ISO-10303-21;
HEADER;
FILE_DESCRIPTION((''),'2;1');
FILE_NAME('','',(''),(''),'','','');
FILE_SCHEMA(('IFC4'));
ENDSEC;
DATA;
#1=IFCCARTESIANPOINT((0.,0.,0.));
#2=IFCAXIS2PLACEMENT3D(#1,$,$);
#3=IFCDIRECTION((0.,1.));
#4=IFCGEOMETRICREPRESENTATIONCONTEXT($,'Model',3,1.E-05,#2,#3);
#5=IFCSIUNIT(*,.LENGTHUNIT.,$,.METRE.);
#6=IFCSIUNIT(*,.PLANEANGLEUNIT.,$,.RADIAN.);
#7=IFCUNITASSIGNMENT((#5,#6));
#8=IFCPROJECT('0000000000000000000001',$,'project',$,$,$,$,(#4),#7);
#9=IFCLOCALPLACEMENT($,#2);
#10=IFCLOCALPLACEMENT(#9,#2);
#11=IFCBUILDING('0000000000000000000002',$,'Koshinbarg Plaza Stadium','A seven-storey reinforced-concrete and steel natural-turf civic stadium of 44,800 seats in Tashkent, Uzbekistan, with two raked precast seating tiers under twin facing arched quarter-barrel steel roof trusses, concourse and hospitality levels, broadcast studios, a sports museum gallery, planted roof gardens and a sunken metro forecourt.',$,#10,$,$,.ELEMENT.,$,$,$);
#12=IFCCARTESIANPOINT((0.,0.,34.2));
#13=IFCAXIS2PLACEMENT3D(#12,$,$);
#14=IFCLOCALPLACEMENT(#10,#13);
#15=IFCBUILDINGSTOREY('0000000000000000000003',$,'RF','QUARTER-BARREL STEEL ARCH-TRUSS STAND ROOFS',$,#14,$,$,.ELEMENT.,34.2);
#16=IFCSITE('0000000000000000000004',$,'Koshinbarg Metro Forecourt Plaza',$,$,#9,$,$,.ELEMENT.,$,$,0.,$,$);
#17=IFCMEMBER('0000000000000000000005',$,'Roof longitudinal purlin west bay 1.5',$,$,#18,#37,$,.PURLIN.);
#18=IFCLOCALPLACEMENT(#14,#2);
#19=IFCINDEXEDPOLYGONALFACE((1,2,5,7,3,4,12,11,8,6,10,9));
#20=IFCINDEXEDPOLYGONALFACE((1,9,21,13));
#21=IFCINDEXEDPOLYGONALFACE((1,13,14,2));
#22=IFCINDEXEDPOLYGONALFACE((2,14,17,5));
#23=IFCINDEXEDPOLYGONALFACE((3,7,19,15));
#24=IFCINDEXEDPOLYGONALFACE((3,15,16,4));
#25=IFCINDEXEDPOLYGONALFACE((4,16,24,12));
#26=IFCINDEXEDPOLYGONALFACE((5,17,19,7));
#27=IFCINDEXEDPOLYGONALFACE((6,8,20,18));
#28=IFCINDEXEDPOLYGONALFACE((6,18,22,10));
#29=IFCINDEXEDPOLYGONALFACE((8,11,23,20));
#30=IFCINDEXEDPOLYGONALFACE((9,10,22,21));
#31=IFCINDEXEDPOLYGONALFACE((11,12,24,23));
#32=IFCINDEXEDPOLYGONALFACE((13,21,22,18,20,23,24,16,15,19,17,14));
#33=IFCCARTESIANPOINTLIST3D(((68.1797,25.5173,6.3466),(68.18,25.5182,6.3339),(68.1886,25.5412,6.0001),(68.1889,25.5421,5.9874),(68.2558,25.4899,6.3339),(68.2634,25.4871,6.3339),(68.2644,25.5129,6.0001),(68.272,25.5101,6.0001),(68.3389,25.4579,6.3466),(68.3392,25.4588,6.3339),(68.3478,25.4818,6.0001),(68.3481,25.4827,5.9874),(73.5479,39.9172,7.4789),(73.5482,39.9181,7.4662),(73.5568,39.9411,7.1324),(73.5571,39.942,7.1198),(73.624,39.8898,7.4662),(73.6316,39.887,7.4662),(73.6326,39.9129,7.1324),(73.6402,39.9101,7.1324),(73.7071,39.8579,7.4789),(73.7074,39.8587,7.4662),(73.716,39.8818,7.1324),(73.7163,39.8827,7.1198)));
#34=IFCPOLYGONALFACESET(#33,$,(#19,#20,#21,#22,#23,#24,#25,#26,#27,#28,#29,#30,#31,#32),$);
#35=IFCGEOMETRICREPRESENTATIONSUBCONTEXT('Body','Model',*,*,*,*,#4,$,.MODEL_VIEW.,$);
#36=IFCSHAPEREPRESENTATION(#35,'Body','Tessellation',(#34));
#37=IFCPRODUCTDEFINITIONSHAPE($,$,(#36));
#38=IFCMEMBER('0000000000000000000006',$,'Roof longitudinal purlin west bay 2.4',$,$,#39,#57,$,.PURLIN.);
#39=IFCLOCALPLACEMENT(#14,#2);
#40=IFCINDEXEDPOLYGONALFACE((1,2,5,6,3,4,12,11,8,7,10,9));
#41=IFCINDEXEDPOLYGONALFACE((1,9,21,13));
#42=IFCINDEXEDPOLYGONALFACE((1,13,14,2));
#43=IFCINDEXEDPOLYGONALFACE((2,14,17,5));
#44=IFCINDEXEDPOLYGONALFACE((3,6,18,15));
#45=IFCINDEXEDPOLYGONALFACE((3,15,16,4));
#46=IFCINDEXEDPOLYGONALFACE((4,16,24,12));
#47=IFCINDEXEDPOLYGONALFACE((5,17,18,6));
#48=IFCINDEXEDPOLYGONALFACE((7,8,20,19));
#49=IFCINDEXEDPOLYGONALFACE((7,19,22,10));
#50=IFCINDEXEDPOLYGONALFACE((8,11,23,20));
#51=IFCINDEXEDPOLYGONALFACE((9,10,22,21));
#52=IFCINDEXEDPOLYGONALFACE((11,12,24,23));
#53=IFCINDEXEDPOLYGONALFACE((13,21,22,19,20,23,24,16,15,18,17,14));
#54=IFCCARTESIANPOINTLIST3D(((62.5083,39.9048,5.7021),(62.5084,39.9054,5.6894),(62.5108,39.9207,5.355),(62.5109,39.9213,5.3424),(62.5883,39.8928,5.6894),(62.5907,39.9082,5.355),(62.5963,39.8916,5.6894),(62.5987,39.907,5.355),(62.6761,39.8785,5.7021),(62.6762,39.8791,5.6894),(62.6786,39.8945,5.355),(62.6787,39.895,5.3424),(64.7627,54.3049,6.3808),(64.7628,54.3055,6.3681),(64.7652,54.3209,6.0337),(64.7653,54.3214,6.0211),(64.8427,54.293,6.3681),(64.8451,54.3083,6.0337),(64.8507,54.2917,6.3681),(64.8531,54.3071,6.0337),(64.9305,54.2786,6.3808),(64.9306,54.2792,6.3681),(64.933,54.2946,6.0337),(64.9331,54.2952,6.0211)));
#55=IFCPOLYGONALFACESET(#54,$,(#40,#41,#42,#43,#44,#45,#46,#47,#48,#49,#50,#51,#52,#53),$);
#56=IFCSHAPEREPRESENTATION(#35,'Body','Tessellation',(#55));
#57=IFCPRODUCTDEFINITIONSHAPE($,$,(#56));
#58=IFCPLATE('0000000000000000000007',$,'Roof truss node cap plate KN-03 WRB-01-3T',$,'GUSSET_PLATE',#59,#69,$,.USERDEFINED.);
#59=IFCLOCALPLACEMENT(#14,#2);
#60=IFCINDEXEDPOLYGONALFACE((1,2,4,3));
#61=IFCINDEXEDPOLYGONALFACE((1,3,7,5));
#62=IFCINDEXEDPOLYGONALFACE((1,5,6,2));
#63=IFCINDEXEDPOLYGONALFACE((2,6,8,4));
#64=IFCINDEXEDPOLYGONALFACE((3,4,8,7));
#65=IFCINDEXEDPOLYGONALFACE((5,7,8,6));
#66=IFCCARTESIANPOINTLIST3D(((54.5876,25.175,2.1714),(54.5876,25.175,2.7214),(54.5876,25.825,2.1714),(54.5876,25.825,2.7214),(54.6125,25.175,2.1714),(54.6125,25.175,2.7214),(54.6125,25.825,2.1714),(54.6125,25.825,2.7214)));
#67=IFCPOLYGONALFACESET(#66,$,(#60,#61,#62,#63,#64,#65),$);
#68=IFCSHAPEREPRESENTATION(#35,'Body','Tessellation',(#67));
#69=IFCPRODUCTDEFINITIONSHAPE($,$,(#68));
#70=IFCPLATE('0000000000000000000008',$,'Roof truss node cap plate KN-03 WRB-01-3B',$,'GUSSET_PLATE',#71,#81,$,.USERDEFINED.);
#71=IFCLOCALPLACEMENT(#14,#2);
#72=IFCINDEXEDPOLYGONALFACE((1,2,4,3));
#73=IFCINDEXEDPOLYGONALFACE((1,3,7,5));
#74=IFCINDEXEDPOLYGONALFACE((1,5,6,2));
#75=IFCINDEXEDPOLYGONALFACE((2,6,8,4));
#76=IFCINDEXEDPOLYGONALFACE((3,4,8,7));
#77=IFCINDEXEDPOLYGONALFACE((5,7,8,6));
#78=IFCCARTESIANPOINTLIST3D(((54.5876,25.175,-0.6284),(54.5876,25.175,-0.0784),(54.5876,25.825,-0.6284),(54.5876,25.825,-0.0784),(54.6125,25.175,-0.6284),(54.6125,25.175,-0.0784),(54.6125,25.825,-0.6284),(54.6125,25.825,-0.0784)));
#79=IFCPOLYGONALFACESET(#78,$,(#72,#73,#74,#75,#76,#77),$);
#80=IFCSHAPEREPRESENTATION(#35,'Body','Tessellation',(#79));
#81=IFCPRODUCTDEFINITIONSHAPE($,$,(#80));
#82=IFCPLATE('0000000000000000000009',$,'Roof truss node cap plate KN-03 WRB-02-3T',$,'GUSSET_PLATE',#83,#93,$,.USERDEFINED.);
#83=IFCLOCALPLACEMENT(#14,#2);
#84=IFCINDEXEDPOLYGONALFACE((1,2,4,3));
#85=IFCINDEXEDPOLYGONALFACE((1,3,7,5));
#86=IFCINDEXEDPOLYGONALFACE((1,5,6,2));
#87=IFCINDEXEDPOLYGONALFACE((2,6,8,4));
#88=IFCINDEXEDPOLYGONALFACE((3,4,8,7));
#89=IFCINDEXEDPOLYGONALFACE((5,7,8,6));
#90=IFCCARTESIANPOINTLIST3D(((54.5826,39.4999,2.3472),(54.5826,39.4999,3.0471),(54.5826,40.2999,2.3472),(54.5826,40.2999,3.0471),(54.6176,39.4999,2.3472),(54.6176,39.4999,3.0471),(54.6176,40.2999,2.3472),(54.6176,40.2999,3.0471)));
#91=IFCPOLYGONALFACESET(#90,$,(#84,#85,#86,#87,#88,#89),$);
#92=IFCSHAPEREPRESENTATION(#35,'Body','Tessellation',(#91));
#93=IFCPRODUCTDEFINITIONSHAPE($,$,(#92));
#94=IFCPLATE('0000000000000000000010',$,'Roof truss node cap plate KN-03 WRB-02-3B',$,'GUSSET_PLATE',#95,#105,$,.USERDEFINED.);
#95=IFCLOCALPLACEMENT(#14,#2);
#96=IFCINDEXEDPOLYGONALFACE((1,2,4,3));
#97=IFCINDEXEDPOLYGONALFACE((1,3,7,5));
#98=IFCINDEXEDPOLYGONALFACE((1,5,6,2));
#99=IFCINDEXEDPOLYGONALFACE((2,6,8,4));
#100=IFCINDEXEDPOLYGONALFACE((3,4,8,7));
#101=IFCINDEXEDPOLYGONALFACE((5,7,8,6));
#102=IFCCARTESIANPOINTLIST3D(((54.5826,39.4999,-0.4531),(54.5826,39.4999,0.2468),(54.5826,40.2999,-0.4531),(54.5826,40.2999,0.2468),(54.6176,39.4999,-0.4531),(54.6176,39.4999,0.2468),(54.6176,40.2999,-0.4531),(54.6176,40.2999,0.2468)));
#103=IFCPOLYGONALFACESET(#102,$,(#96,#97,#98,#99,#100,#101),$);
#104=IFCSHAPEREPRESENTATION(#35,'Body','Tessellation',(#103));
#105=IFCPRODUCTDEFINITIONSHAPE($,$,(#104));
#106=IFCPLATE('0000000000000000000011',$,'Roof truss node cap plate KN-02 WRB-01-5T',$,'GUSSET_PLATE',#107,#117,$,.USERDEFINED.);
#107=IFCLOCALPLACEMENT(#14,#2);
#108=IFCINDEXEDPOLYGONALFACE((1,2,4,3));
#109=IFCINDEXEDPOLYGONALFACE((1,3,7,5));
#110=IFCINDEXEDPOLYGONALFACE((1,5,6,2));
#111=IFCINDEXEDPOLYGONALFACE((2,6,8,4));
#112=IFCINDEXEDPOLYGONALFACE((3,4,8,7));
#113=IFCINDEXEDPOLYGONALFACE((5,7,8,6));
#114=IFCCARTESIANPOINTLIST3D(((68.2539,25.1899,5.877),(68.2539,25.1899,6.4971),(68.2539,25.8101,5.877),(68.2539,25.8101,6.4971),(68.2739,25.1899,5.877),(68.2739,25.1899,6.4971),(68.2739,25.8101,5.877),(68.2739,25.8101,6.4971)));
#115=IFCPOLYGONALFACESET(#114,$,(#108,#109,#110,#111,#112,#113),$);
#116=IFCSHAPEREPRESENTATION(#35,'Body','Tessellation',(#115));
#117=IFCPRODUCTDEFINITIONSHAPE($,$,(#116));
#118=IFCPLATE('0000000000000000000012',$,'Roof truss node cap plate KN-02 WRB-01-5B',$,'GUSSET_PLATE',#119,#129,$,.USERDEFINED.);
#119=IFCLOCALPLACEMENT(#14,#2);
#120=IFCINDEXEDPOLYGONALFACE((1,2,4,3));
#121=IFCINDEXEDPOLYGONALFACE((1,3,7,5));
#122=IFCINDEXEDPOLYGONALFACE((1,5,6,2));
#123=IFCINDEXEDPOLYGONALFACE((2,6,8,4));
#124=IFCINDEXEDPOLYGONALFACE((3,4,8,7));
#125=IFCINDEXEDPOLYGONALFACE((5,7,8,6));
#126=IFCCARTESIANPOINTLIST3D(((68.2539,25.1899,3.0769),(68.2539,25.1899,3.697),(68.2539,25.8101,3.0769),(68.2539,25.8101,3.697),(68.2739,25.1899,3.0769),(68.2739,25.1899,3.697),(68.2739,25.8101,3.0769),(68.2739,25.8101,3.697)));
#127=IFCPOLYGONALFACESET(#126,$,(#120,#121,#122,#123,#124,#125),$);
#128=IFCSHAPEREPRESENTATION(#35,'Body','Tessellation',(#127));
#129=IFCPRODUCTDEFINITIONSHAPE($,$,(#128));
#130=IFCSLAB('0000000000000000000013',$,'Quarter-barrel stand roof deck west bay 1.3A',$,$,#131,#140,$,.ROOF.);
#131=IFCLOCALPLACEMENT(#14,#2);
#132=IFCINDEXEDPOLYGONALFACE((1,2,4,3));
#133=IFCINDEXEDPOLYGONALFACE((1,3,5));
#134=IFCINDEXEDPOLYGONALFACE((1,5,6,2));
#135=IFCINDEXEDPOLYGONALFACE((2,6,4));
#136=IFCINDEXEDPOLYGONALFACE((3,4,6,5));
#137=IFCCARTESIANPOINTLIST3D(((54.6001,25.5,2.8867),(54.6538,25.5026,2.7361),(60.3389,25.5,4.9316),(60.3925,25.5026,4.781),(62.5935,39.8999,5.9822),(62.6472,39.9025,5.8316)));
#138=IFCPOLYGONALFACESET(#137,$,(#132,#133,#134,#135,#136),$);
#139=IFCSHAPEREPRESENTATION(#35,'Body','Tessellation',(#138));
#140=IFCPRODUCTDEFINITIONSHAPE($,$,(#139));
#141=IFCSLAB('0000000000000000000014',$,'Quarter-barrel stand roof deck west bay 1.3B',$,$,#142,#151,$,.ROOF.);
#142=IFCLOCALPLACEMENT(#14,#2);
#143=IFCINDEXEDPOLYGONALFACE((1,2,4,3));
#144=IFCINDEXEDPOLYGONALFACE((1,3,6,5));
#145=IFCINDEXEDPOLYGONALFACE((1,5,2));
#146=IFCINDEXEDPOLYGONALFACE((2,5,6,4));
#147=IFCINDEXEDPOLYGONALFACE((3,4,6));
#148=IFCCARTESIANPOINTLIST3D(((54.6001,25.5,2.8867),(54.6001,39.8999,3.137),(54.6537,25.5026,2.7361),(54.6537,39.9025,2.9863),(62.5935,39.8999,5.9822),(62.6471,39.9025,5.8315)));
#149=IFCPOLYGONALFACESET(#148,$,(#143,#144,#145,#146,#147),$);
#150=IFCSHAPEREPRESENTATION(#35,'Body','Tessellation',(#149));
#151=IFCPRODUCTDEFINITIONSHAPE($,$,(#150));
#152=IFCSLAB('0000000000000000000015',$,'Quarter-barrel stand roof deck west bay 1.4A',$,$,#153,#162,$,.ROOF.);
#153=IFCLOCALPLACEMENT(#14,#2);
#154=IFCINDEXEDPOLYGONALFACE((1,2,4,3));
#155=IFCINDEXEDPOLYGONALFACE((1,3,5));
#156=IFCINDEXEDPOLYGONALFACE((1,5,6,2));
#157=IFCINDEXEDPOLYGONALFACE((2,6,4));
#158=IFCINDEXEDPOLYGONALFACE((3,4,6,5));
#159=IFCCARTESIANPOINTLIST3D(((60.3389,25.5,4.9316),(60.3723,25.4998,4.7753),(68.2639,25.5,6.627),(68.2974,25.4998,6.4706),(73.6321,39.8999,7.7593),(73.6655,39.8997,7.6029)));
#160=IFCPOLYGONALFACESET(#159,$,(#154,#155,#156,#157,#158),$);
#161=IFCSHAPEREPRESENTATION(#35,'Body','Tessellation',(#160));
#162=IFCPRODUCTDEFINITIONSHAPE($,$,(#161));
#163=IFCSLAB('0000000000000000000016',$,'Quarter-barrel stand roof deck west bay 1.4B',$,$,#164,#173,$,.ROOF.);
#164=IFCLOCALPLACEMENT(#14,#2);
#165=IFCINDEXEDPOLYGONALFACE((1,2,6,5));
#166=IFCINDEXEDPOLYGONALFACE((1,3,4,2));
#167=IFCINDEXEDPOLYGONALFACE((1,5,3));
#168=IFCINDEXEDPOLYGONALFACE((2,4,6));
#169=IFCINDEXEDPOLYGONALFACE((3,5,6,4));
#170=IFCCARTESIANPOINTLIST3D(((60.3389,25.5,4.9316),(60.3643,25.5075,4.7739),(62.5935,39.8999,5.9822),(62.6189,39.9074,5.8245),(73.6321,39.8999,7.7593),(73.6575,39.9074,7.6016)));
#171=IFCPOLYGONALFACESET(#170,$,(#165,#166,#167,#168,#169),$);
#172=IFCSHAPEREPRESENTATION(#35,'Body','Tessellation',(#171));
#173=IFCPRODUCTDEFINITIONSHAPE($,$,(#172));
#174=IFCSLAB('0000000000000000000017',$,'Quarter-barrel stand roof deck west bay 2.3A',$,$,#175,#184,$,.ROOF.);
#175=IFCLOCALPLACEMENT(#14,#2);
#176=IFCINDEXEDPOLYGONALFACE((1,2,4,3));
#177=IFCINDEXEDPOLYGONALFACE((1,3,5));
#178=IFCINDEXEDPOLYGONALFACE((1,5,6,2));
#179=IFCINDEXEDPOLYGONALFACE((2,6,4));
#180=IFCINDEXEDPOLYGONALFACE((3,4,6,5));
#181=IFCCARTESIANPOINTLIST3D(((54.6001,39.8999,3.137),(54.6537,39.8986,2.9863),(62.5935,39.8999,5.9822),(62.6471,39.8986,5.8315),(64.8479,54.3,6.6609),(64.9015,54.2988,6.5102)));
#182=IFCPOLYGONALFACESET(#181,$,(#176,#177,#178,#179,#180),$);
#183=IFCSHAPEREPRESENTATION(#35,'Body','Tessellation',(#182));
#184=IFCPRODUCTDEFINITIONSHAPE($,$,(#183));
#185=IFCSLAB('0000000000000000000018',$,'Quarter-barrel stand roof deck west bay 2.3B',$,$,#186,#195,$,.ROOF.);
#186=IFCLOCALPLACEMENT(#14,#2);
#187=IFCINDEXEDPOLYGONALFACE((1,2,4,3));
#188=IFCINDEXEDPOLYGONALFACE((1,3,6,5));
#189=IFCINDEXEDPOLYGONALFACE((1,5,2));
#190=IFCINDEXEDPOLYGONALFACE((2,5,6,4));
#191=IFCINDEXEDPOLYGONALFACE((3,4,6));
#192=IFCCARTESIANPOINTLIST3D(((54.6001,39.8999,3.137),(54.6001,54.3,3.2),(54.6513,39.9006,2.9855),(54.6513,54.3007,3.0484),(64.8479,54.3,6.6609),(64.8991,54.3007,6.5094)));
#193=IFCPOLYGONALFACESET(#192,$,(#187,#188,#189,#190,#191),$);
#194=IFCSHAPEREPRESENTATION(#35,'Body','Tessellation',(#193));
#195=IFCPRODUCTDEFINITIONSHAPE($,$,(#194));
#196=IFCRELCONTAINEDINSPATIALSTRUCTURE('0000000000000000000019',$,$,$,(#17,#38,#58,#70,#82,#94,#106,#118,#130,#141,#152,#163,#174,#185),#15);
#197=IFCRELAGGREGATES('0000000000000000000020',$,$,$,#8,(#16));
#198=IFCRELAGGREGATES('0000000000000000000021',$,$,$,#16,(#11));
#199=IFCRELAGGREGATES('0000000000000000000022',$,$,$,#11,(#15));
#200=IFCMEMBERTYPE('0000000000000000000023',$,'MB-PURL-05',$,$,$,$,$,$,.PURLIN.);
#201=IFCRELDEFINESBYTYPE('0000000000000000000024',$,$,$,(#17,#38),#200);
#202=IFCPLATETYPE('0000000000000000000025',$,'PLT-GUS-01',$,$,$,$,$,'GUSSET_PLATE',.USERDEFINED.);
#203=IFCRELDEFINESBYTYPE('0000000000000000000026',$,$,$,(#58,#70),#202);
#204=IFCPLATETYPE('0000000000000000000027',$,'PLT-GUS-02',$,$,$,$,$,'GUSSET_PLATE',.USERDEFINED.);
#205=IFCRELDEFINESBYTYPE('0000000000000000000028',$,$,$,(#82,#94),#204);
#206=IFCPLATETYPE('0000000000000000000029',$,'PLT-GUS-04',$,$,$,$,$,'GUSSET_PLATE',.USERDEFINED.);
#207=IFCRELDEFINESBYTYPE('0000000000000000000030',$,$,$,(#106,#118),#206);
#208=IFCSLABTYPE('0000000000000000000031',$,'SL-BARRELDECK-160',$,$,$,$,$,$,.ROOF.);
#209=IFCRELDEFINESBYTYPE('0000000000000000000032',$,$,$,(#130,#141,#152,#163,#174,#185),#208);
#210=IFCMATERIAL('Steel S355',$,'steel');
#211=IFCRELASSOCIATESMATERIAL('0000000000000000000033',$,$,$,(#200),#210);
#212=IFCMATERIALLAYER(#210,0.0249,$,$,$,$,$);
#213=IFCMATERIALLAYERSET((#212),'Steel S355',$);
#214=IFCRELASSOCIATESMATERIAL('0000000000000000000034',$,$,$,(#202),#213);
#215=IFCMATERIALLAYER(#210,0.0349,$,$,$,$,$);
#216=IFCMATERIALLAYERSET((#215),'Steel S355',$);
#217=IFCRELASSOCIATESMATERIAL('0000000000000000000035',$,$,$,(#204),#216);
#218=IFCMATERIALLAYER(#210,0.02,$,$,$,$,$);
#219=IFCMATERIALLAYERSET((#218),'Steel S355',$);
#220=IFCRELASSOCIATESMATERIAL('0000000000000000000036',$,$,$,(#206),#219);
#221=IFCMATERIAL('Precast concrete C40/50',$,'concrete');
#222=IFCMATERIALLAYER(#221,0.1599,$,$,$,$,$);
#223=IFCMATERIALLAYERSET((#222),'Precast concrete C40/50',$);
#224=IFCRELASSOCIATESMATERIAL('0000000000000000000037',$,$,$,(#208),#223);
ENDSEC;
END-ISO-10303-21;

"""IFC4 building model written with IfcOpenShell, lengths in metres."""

from ifc_helpers import new_model, si_unit, direction, frame, origin, origin_2d, place, context, subcontext, project, spatial, polyline, rectangle, i_section, outline, extrude, material, layer, layer_set, material_profile, profile_set, type_object, element, save


model = new_model("IFC4")

# Units and contexts
model_context = context("Model", 3, precision=1e-05, world=origin(), true_north=direction((0.0, 1.0)))
body_context = subcontext(model_context, "Body", "Model", "MODEL_VIEW")
ifc_project = project(units=[si_unit("LENGTHUNIT", "METRE"), si_unit("PLANEANGLEUNIT", "RADIAN")], contexts=[model_context])

# Site, building, storey
site_placement = place(None, origin())
site = spatial("IfcSite", under=ifc_project, at=site_placement, Name="Koshinbarg Metro Forecourt Plaza", CompositionType="ELEMENT", RefElevation=0.0)
building_placement = place(site_placement, origin())
building = spatial("IfcBuilding", under=site, at=building_placement, Name="Koshinbarg Plaza Stadium", Description="A seven-storey reinforced-concrete and steel natural-turf civic stadium of 44,800 seats in Tashkent, Uzbekistan, with two raked precast seating tiers under twin facing arched quarter-barrel steel roof trusses, concourse and hospitality levels, broadcast studios, a sports museum gallery, planted roof gardens and a sunken metro forecourt.", CompositionType="ELEMENT")
storey_placement = place(building_placement, frame((0.0, 0.0, 34.2)))
storey = spatial("IfcBuildingStorey", under=building, at=storey_placement, Name="RF", Description="QUARTER-BARREL STEEL ARCH-TRUSS STAND ROOFS", CompositionType="ELEMENT", Elevation=34.2)

# Members
ifc_material_1 = material(Name="Steel S355", Category="steel")
ifc_material_profile_1 = material_profile(ifc_material_1, i_section(OverallWidth=0.1699, OverallDepth=0.3601, WebThickness=0.0081, FlangeThickness=0.0127, at=origin_2d()), Name="IPE 360")
ifc_profile_set_1 = profile_set([ifc_material_profile_1], Name="Steel S355")
member_type_1 = type_object("IfcMemberType", Name="MB-PURL-05", PredefinedType="PURLIN", material=ifc_profile_set_1)
member_1_placement = place(storey_placement, frame((68.2639, 25.5, 6.167), z_axis=(0.348364, 0.934475, 0.073482), x_axis=(-0.937008, 0.349309, 0.0)))
element("IfcMember", 1, at=member_1_placement, inside=storey, type_object=member_type_1, Name="Roof longitudinal purlin west bay 1.5", PredefinedType="PURLIN", context=body_context, shape_type="SweptSolid", body=[
    extrude(i_section(OverallWidth=0.1699, OverallDepth=0.3601, WebThickness=0.0081, FlangeThickness=0.0127, at=origin_2d()), origin(), (0.0, 0.0, 1.0), 15.4097),
])
member_2_placement = place(storey_placement, frame((62.5935, 39.8999, 5.5222), z_axis=(0.154502, 0.986897, 0.046515), x_axis=(-0.987966, 0.15467, 0.0)))
element("IfcMember", 2, at=member_2_placement, inside=storey, type_object=member_type_1, Name="Roof longitudinal purlin west bay 2.4", PredefinedType="PURLIN", context=body_context, shape_type="SweptSolid", body=[
    extrude(i_section(OverallWidth=0.1699, OverallDepth=0.3601, WebThickness=0.0081, FlangeThickness=0.0127, at=origin_2d()), origin(), (0.0, 0.0, 1.0), 14.5913),
])

# Plates
ifc_layer_1 = layer(ifc_material_1, 0.0249)
ifc_layer_set_1 = layer_set([ifc_layer_1], Name="Steel S355")
plate_type_1 = type_object("IfcPlateType", Name="PLT-GUS-01", ElementType="GUSSET_PLATE", PredefinedType="USERDEFINED", material=ifc_layer_set_1)
for number, where, z_axis, x_axis, name in (
    (3, (54.6001, 25.5, 2.1714), (0.0, 0.0, 1.0), (1.0, 0.0, 0.0), "Roof truss node cap plate KN-03 WRB-01-3T"),
    (4, (54.6001, 25.5, -0.6284), (0.0, 0.0, 1.0), (1.0, 0.0, 0.0), "Roof truss node cap plate KN-03 WRB-01-3B"),
):
    element("IfcPlate", number, at=place(storey_placement, frame(where, z_axis=z_axis, x_axis=x_axis)), inside=storey, type_object=plate_type_1, Name=name, ObjectType="GUSSET_PLATE", PredefinedType="USERDEFINED", context=body_context, shape_type="SweptSolid", body=[
        extrude(rectangle(XDim=0.0249, YDim=0.6499, at=origin_2d()), origin(), (0.0, 0.0, 1.0), 0.55),
    ])
ifc_layer_2 = layer(ifc_material_1, 0.0349)
ifc_layer_set_2 = layer_set([ifc_layer_2], Name="Steel S355")
plate_type_2 = type_object("IfcPlateType", Name="PLT-GUS-02", ElementType="GUSSET_PLATE", PredefinedType="USERDEFINED", material=ifc_layer_set_2)
for number, where, z_axis, x_axis, name in (
    (5, (54.6001, 39.8999, 2.3472), (0.0, 0.0, 1.0), (1.0, 0.0, 0.0), "Roof truss node cap plate KN-03 WRB-02-3T"),
    (6, (54.6001, 39.8999, -0.4531), (0.0, 0.0, 1.0), (1.0, 0.0, 0.0), "Roof truss node cap plate KN-03 WRB-02-3B"),
):
    element("IfcPlate", number, at=place(storey_placement, frame(where, z_axis=z_axis, x_axis=x_axis)), inside=storey, type_object=plate_type_2, Name=name, ObjectType="GUSSET_PLATE", PredefinedType="USERDEFINED", context=body_context, shape_type="SweptSolid", body=[
        extrude(rectangle(XDim=0.0349, YDim=0.8, at=origin_2d()), origin(), (0.0, 0.0, 1.0), 0.7),
    ])
ifc_layer_3 = layer(ifc_material_1, 0.02)
ifc_layer_set_3 = layer_set([ifc_layer_3], Name="Steel S355")
plate_type_3 = type_object("IfcPlateType", Name="PLT-GUS-04", ElementType="GUSSET_PLATE", PredefinedType="USERDEFINED", material=ifc_layer_set_3)
for number, where, z_axis, x_axis, name in (
    (7, (68.2639, 25.5, 5.877), (0.0, 0.0, 1.0), (1.0, 0.0, 0.0), "Roof truss node cap plate KN-02 WRB-01-5T"),
    (8, (68.2639, 25.5, 3.0769), (0.0, 0.0, 1.0), (1.0, 0.0, 0.0), "Roof truss node cap plate KN-02 WRB-01-5B"),
):
    element("IfcPlate", number, at=place(storey_placement, frame(where, z_axis=z_axis, x_axis=x_axis)), inside=storey, type_object=plate_type_3, Name=name, ObjectType="GUSSET_PLATE", PredefinedType="USERDEFINED", context=body_context, shape_type="SweptSolid", body=[
        extrude(rectangle(XDim=0.02, YDim=0.6201, at=origin_2d()), origin(), (0.0, 0.0, 1.0), 0.6201),
    ])

# Slabs
ifc_material_2 = material(Name="Precast concrete C40/50", Category="concrete")
ifc_layer_4 = layer(ifc_material_2, 0.1599)
ifc_layer_set_4 = layer_set([ifc_layer_4], Name="Precast concrete C40/50")
slab_type = type_object("IfcSlabType", Name="SL-BARRELDECK-160", PredefinedType="ROOF", material=ifc_layer_set_4)
slab_1_placement = place(storey_placement, frame((54.6001, 25.5, 2.8867), z_axis=(-0.335617, -0.016164, 0.94186), x_axis=(0.941983, 0.0, 0.335661)))
element("IfcSlab", 9, at=slab_1_placement, inside=storey, type_object=slab_type, Name="Quarter-barrel stand roof deck west bay 1.3A", PredefinedType="ROOF", context=body_context, shape_type="SweptSolid", body=[
    extrude(outline(polyline([(0.0, 0.0), (6.0922, 0.0), (8.5687, 14.4018), (0.0, 0.0)])), origin(), (0.0, 0.0, -1.0), 0.1599),
])
slab_2_placement = place(storey_placement, frame((54.6001, 25.5, 2.8867), z_axis=(-0.335291, -0.01637, 0.941973), x_axis=(0.476988, 0.859281, 0.184714)))
element("IfcSlab", 10, at=slab_2_placement, inside=storey, type_object=slab_type, Name="Quarter-barrel stand roof deck west bay 1.3B", PredefinedType="ROOF", context=body_context, shape_type="SweptSolid", body=[
    extrude(outline(polyline([(0.0, 0.0), (16.7581, 0.0), (12.4198, 7.2917), (0.0, 0.0)])), origin(), (0.0, 0.0, -1.0), 0.1599),
])
slab_3_placement = place(storey_placement, frame((60.3389, 25.5, 4.9316), z_axis=(-0.209185, 0.001088, 0.977875), x_axis=(0.977876, 0.0, 0.209186)))
element("IfcSlab", 11, at=slab_3_placement, inside=storey, type_object=slab_type, Name="Quarter-barrel stand roof deck west bay 1.4A", PredefinedType="ROOF", context=body_context, shape_type="SweptSolid", body=[
    extrude(outline(polyline([(0.0, 0.0), (8.1043, 0.0), (13.5906, 14.3999), (0.0, 0.0)])), origin(), (0.0, 0.0, -1.0), 0.1599),
])
slab_4_placement = place(storey_placement, frame((60.3389, 25.5, 4.9316), z_axis=(-0.158767, -0.047088, 0.986193), x_axis=(0.671355, 0.727247, 0.142806)))
element("IfcSlab", 12, at=slab_4_placement, inside=storey, type_object=slab_type, Name="Quarter-barrel stand roof deck west bay 1.4B", PredefinedType="ROOF", context=body_context, shape_type="SweptSolid", body=[
    extrude(outline(polyline([(0.0, 0.0), (19.8006, 0.0), (12.136, 8.1402), (0.0, 0.0)])), origin(), (0.0, 0.0, -1.0), 0.1599),
])
slab_5_placement = place(storey_placement, frame((54.6001, 39.8999, 3.137), z_axis=(-0.335325, 0.008094, 0.942068), x_axis=(0.942099, 0.0, 0.335335)))
element("IfcSlab", 13, at=slab_5_placement, inside=storey, type_object=slab_type, Name="Quarter-barrel stand roof deck west bay 2.3A", PredefinedType="ROOF", context=body_context, shape_type="SweptSolid", body=[
    extrude(outline(polyline([(0.0, 0.0), (8.4847, 0.0), (10.8361, 14.4006), (0.0, 0.0)])), origin(), (0.0, 0.0, -1.0), 0.1599),
])
slab_6_placement = place(storey_placement, frame((54.6001, 39.8999, 3.137), z_axis=(-0.319967, -0.004144, 0.94742), x_axis=(0.568621, 0.799023, 0.195532)))
element("IfcSlab", 14, at=slab_6_placement, inside=storey, type_object=slab_type, Name="Quarter-barrel stand roof deck west bay 2.3B", PredefinedType="ROOF", context=body_context, shape_type="SweptSolid", body=[
    extrude(outline(polyline([(0.0, 0.0), (18.0222, 0.0), (11.5184, 8.6427), (0.0, 0.0)])), origin(), (0.0, 0.0, -1.0), 0.1599),
])

save(model, "model.ifc")
